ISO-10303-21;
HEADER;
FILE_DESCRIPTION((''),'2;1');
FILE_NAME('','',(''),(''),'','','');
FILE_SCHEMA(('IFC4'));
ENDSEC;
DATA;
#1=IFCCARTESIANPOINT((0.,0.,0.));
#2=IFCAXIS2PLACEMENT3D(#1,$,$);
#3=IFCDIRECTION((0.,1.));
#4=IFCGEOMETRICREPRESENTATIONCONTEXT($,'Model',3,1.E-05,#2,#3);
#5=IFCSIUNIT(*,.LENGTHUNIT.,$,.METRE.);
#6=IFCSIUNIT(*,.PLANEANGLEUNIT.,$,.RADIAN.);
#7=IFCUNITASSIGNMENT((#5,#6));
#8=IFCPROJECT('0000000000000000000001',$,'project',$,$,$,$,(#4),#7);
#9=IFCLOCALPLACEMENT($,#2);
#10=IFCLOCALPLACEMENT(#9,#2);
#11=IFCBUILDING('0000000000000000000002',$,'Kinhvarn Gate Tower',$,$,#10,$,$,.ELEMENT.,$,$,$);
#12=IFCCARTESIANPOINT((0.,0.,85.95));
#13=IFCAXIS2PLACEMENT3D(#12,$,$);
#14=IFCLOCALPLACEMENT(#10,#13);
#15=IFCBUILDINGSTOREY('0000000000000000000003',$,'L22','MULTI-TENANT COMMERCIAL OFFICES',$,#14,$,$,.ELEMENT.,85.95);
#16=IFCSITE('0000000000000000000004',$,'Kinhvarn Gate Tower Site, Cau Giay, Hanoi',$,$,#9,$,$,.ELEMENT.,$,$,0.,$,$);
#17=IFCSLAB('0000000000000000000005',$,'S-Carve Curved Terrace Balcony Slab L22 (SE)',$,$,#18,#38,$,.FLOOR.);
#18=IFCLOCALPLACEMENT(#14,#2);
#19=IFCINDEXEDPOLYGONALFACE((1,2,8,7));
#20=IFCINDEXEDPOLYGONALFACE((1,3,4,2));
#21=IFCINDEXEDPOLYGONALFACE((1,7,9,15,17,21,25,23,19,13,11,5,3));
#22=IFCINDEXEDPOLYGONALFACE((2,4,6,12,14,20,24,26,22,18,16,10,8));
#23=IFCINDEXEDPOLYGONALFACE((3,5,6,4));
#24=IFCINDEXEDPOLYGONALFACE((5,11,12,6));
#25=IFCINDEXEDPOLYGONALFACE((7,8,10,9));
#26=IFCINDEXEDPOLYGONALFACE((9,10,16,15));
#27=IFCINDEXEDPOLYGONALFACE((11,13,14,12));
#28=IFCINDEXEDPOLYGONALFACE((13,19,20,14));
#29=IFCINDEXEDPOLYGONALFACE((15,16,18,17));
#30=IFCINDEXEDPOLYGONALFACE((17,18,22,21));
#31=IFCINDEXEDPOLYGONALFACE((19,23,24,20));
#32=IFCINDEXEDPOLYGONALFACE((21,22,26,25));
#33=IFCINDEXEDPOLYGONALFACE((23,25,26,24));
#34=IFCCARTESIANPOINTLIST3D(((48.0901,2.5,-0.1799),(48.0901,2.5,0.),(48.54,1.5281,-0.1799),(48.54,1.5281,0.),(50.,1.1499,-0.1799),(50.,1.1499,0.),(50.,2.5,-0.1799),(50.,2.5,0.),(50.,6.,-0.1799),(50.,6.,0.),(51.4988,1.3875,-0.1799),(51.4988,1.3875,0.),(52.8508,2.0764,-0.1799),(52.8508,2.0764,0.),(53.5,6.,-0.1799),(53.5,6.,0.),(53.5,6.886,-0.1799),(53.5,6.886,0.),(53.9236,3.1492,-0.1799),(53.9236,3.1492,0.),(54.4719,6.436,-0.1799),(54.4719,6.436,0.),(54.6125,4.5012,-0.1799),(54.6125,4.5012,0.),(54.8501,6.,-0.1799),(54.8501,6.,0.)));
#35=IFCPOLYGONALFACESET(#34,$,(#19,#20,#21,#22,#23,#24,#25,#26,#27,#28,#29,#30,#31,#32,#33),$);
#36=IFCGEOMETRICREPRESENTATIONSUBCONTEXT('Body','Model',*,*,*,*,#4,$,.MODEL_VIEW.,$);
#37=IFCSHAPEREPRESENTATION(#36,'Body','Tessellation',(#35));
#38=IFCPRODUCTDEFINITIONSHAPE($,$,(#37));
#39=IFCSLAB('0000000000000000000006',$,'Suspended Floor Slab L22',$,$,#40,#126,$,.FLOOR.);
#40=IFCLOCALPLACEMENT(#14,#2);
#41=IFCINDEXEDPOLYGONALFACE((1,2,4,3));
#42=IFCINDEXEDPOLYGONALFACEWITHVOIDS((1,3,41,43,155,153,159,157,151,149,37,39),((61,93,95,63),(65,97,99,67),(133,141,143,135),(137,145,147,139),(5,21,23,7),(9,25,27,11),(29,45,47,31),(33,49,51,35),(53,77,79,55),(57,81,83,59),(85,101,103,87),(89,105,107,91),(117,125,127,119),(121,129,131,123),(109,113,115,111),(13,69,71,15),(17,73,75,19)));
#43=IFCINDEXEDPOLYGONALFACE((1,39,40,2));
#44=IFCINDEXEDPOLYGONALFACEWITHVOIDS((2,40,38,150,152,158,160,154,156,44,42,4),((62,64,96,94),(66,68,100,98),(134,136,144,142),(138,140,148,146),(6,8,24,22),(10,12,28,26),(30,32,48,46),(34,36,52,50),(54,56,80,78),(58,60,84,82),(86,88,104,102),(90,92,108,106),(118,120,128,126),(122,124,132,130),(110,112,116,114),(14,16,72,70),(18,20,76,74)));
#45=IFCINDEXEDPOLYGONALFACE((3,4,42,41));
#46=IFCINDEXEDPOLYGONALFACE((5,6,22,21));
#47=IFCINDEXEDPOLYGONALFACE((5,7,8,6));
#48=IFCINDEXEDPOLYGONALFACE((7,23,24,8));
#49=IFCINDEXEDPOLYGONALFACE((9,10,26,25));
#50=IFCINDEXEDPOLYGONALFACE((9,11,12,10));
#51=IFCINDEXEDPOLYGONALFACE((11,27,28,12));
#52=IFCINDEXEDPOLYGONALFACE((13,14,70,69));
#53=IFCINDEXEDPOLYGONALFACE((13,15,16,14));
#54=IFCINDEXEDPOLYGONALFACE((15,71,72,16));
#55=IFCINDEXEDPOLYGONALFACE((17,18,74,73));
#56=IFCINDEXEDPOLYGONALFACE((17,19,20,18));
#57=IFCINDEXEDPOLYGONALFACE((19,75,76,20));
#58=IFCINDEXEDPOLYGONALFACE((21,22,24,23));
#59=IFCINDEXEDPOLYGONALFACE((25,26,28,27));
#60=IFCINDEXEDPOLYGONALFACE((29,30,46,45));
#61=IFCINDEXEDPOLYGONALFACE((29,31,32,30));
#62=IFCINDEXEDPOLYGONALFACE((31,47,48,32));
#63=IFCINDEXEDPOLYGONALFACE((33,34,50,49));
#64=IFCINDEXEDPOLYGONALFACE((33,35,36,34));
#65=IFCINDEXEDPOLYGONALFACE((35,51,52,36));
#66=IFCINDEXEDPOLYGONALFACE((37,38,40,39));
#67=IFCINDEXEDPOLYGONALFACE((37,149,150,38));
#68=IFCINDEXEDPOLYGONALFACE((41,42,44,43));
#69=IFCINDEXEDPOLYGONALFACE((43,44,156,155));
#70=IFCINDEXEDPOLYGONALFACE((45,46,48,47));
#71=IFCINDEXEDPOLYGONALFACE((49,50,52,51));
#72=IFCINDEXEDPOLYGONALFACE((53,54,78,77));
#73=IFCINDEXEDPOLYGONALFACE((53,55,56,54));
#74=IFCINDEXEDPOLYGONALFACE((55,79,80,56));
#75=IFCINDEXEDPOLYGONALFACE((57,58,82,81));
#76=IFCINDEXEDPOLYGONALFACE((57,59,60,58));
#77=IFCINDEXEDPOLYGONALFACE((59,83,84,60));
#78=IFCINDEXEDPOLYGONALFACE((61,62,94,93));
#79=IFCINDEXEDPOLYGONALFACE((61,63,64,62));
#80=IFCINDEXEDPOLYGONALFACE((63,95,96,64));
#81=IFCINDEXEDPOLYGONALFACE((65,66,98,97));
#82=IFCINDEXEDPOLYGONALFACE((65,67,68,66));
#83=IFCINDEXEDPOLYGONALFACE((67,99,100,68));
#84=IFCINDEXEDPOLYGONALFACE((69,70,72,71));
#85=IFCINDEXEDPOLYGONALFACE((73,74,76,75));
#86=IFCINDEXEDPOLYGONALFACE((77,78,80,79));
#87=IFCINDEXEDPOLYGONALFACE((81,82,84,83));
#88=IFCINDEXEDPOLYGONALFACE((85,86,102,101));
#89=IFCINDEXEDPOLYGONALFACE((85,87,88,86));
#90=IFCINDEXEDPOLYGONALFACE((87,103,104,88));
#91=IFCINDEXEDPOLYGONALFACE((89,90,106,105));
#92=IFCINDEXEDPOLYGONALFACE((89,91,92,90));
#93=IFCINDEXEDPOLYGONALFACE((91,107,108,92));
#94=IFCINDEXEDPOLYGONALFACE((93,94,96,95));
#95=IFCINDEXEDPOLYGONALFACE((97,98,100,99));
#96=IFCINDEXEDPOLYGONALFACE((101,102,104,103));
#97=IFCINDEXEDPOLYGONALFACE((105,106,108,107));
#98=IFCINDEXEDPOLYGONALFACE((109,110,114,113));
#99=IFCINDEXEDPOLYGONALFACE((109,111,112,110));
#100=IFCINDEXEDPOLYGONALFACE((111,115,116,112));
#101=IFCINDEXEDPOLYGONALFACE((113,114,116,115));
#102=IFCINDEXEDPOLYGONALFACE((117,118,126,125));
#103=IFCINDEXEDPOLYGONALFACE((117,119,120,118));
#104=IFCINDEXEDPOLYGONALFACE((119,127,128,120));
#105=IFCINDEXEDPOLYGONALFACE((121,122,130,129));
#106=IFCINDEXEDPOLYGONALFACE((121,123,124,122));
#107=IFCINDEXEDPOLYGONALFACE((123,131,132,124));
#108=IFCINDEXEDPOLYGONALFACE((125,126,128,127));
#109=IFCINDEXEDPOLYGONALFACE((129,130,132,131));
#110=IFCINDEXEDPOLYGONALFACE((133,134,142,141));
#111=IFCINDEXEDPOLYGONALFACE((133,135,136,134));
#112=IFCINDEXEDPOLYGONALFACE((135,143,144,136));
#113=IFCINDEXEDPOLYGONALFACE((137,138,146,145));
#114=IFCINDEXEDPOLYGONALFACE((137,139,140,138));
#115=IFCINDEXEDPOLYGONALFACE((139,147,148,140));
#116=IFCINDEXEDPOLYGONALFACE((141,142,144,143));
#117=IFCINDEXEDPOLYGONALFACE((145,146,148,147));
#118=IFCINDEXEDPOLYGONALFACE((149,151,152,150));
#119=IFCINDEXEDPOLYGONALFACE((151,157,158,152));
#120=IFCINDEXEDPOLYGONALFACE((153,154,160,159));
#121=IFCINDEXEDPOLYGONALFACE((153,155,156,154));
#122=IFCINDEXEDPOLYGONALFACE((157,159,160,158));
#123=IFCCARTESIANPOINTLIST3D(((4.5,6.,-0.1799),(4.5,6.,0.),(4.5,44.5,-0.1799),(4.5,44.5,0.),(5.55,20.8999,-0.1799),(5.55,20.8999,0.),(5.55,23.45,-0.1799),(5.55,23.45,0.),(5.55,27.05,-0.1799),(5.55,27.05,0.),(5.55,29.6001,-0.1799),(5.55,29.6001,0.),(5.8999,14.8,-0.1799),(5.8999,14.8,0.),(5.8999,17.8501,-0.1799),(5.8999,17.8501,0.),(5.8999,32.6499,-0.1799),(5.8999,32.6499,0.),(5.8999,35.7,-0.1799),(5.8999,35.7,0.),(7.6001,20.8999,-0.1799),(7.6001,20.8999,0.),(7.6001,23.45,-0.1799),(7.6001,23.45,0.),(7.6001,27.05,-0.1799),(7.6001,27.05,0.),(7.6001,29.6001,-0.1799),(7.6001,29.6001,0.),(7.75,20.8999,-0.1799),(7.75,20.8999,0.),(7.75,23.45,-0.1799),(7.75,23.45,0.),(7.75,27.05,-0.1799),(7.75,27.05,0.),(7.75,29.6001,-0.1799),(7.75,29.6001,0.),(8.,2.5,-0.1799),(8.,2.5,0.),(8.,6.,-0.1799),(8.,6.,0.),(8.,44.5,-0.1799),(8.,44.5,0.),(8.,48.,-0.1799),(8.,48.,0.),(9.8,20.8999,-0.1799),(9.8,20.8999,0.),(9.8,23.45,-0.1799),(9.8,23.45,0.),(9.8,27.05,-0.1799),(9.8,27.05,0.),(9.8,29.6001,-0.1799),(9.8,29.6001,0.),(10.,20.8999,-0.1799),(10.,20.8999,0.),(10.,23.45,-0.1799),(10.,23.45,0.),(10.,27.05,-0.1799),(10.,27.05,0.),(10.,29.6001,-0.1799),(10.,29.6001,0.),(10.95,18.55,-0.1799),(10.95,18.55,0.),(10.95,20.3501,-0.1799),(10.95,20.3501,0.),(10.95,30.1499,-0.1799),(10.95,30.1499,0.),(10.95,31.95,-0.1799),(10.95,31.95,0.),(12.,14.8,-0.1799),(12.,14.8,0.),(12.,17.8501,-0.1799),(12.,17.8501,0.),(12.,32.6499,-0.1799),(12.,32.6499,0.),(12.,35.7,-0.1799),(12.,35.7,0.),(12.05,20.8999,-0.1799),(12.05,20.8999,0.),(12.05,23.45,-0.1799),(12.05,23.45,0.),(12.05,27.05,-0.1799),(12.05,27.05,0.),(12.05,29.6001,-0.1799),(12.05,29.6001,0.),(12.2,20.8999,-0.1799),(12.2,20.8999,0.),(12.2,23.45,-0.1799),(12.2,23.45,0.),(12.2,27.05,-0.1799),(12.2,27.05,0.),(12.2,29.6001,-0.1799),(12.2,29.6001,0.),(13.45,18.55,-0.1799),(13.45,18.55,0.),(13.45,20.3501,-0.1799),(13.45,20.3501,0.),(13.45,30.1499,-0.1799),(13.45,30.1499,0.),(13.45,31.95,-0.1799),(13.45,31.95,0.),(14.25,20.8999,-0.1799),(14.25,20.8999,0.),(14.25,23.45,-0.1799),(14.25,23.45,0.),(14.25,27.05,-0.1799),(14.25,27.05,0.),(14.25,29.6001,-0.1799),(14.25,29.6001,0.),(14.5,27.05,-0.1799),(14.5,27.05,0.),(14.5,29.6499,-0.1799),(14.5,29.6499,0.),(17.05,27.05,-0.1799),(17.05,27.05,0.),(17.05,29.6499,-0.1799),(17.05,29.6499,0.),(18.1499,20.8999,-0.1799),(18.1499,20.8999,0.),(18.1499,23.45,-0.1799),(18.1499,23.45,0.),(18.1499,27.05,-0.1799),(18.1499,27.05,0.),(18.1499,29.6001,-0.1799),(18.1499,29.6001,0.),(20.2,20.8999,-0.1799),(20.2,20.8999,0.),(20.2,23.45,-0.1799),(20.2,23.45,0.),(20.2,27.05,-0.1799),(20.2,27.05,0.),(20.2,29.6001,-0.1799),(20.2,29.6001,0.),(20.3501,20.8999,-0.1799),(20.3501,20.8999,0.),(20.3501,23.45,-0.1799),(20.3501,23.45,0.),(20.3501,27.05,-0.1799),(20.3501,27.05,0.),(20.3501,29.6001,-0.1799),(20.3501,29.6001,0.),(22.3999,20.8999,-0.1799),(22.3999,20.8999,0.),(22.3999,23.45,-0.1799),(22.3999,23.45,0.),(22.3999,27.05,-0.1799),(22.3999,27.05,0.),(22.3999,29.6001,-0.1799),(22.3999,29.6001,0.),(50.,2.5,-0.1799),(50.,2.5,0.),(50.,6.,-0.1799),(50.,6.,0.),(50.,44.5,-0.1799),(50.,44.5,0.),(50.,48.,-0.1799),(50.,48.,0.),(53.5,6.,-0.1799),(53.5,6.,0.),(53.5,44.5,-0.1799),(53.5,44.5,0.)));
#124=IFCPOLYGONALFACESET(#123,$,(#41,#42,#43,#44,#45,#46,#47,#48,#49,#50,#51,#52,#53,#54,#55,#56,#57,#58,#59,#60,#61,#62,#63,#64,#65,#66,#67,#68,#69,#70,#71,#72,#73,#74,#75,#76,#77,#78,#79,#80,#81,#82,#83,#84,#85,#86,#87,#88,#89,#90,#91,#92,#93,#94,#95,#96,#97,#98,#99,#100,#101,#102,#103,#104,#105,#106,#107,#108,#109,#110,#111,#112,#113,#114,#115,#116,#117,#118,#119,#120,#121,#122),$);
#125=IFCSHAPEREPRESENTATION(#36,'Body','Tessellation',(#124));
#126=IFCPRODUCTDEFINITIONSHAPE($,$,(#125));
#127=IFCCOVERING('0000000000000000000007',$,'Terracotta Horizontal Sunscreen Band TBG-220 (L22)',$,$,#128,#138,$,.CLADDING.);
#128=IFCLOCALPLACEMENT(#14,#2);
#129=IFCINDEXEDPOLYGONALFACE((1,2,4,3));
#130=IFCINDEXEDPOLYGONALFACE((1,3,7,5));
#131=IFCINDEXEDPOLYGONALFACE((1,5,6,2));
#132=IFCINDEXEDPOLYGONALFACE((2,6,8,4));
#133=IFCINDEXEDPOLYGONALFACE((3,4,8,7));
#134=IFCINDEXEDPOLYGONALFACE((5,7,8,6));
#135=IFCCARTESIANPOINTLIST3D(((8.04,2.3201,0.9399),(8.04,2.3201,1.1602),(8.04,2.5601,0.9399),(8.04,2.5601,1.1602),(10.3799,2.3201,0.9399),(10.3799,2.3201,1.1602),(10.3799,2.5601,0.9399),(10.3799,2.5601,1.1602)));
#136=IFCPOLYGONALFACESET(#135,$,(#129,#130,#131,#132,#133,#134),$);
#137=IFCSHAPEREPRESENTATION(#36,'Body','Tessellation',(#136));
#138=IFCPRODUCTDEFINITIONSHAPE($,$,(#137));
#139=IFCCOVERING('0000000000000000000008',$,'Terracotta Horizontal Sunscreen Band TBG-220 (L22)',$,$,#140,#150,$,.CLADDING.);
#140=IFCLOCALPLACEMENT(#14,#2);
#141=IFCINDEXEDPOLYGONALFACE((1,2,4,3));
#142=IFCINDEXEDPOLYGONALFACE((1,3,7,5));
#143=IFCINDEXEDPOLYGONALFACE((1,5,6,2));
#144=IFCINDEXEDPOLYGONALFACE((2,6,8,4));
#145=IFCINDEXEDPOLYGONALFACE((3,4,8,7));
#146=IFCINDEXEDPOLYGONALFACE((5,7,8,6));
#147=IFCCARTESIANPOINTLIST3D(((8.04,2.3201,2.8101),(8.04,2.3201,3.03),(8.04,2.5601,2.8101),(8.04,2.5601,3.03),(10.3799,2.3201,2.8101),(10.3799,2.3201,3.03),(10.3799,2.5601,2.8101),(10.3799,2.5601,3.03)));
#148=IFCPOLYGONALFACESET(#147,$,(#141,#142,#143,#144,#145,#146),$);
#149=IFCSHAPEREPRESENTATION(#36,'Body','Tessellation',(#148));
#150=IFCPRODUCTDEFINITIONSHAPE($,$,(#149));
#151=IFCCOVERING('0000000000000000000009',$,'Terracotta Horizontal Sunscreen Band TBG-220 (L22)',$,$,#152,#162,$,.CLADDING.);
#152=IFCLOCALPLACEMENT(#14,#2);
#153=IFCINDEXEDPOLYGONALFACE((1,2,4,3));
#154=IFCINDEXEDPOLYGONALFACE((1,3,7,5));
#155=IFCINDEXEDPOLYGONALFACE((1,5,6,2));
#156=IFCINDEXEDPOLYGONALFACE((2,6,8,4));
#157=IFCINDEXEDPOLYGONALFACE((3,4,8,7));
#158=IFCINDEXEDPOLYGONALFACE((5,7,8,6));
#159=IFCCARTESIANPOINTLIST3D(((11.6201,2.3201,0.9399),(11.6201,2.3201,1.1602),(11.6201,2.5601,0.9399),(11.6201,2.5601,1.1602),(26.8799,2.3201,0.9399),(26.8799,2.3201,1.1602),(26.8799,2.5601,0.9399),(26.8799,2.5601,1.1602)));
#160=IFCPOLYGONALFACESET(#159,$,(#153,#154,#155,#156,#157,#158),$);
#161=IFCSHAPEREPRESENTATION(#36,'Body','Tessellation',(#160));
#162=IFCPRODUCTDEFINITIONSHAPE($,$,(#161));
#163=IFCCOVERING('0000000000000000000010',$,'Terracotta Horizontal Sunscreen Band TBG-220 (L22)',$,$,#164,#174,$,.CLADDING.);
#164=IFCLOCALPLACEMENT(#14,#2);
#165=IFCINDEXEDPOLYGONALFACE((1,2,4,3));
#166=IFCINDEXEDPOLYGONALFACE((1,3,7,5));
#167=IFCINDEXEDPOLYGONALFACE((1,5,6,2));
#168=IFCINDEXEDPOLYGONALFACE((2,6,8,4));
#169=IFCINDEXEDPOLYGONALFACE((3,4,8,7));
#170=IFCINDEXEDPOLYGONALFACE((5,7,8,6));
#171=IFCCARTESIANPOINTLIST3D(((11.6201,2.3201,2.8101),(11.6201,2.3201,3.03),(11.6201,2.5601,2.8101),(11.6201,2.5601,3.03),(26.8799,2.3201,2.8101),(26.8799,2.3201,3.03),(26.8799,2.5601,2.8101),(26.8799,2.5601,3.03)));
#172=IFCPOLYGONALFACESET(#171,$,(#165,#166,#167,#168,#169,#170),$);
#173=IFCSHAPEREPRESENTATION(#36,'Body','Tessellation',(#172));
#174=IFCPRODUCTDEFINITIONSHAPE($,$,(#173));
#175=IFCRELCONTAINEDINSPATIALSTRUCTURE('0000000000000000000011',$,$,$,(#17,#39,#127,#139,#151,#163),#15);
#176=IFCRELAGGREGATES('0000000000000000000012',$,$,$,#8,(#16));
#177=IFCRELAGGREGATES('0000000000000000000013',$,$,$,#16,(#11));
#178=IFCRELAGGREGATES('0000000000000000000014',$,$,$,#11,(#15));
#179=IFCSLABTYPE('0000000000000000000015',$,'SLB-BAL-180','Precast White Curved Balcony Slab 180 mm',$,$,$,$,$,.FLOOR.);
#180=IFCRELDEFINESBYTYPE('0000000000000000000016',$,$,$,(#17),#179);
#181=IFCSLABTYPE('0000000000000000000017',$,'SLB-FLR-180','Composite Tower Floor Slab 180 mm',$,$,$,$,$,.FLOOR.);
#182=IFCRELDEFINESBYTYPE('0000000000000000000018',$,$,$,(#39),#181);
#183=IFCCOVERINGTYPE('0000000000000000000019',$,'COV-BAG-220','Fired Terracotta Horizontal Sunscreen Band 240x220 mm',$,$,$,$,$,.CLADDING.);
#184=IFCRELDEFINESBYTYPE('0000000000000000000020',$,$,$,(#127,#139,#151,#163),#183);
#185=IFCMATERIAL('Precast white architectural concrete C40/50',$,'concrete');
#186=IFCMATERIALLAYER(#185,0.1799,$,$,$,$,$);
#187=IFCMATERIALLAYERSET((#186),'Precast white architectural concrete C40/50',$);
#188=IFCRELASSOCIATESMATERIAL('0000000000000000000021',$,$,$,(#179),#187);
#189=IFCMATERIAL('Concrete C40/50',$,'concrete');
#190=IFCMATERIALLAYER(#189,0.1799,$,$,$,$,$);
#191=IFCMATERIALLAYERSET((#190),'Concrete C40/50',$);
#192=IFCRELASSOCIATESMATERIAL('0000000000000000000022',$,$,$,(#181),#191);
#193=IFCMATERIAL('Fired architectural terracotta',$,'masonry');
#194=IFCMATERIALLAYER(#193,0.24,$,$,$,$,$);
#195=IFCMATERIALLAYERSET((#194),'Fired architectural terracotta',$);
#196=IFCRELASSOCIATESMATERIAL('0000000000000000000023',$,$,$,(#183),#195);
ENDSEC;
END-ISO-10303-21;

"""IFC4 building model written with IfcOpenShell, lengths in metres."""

from ifc_helpers import new_model, si_unit, direction, frame, origin, place, context, subcontext, project, spatial, polyline, outline, extrude, material, layer, layer_set, type_object, element, save


model = new_model("IFC4")

# Units and contexts
model_context = context("Model", 3, precision=1e-05, world=origin(), true_north=direction((0.0, 1.0)))
body_context = subcontext(model_context, "Body", "Model", "MODEL_VIEW")
ifc_project = project(units=[si_unit("LENGTHUNIT", "METRE"), si_unit("PLANEANGLEUNIT", "RADIAN")], contexts=[model_context])

# Site, building, storey
site_placement = place(None, origin())
site = spatial("IfcSite", under=ifc_project, at=site_placement, Name="Kinhvarn Gate Tower Site, Cau Giay, Hanoi", CompositionType="ELEMENT", RefElevation=0.0)
building_placement = place(site_placement, origin())
building = spatial("IfcBuilding", under=site, at=building_placement, Name="Kinhvarn Gate Tower", CompositionType="ELEMENT")
storey_placement = place(building_placement, frame((0.0, 0.0, 85.95)))
storey = spatial("IfcBuildingStorey", under=building, at=storey_placement, Name="L22", Description="MULTI-TENANT COMMERCIAL OFFICES", CompositionType="ELEMENT", Elevation=85.95)

# Slabs
ifc_material_1 = material(Name="Precast white architectural concrete C40/50", Category="concrete")
ifc_layer_1 = layer(ifc_material_1, 0.1799)
ifc_layer_set_1 = layer_set([ifc_layer_1], Name="Precast white architectural concrete C40/50")
slab_type_1 = type_object("IfcSlabType", Name="SLB-BAL-180", Description="Precast White Curved Balcony Slab 180 mm", PredefinedType="FLOOR", material=ifc_layer_set_1)
slab_1_placement = place(storey_placement, frame((0.0, 0.0, -0.1799)))
element("IfcSlab", 1, at=slab_1_placement, inside=storey, type_object=slab_type_1, Name="S-Carve Curved Terrace Balcony Slab L22 (SE)", PredefinedType="FLOOR", context=body_context, shape_type="SweptSolid", body=[
    extrude(outline(polyline([(48.0901, 2.5), (48.54, 1.5281), (50.0, 1.1499), (51.4988, 1.3875), (52.8508, 2.0764), (53.9236, 3.1492), (54.6125, 4.5012), (54.8501, 6.0), (54.4719, 6.436), (53.5, 6.886), (53.5, 6.0), (50.0, 6.0), (50.0, 2.5), (48.0901, 2.5)])), origin(), (0.0, 0.0, 1.0), 0.1799),
])
ifc_material_2 = material(Name="Concrete C40/50", Category="concrete")
ifc_layer_2 = layer(ifc_material_2, 0.1799)
ifc_layer_set_2 = layer_set([ifc_layer_2], Name="Concrete C40/50")
slab_type_2 = type_object("IfcSlabType", Name="SLB-FLR-180", Description="Composite Tower Floor Slab 180 mm", PredefinedType="FLOOR", material=ifc_layer_set_2)
slab_2_placement = place(storey_placement, frame((0.0, 0.0, -0.1799)))
element("IfcSlab", 2, at=slab_2_placement, inside=storey, type_object=slab_type_2, Name="Suspended Floor Slab L22", PredefinedType="FLOOR", context=body_context, shape_type="SweptSolid", body=[
    extrude(outline(polyline([(8.0, 2.5), (50.0, 2.5), (50.0, 6.0), (53.5, 6.0), (53.5, 44.5), (50.0, 44.5), (50.0, 48.0), (8.0, 48.0), (8.0, 44.5), (4.5, 44.5), (4.5, 6.0), (8.0, 6.0), (8.0, 2.5)]), holes=[polyline([(5.8999, 14.8), (12.0, 14.8), (12.0, 17.8501), (5.8999, 17.8501), (5.8999, 14.8)]), polyline([(5.8999, 32.6499), (12.0, 32.6499), (12.0, 35.7), (5.8999, 35.7), (5.8999, 32.6499)]), polyline([(18.1499, 20.8999), (20.2, 20.8999), (20.2, 23.45), (18.1499, 23.45), (18.1499, 20.8999)]), polyline([(20.3501, 20.8999), (22.3999, 20.8999), (22.3999, 23.45), (20.3501, 23.45), (20.3501, 20.8999)]), polyline([(18.1499, 27.05), (20.2, 27.05), (20.2, 29.6001), (18.1499, 29.6001), (18.1499, 27.05)]), polyline([(20.3501, 27.05), (22.3999, 27.05), (22.3999, 29.6001), (20.3501, 29.6001), (20.3501, 27.05)]), polyline([(5.55, 20.8999), (7.6001, 20.8999), (7.6001, 23.45), (5.55, 23.45), (5.55, 20.8999)]), polyline([(7.75, 20.8999), (9.8, 20.8999), (9.8, 23.45), (7.75, 23.45), (7.75, 20.8999)]), polyline([(5.55, 27.05), (7.6001, 27.05), (7.6001, 29.6001), (5.55, 29.6001), (5.55, 27.05)]), polyline([(7.75, 27.05), (9.8, 27.05), (9.8, 29.6001), (7.75, 29.6001), (7.75, 27.05)]), polyline([(10.0, 20.8999), (12.05, 20.8999), (12.05, 23.45), (10.0, 23.45), (10.0, 20.8999)]), polyline([(12.2, 20.8999), (14.25, 20.8999), (14.25, 23.45), (12.2, 23.45), (12.2, 20.8999)]), polyline([(10.0, 27.05), (12.05, 27.05), (12.05, 29.6001), (10.0, 29.6001), (10.0, 27.05)]), polyline([(12.2, 27.05), (14.25, 27.05), (14.25, 29.6001), (12.2, 29.6001), (12.2, 27.05)]), polyline([(14.5, 27.05), (17.05, 27.05), (17.05, 29.6499), (14.5, 29.6499), (14.5, 27.05)]), polyline([(10.95, 18.55), (13.45, 18.55), (13.45, 20.3501), (10.95, 20.3501), (10.95, 18.55)]), polyline([(10.95, 30.1499), (13.45, 30.1499), (13.45, 31.95), (10.95, 31.95), (10.95, 30.1499)])]), origin(), (0.0, 0.0, 1.0), 0.1799),
])

# Coverings
ifc_material_3 = material(Name="Fired architectural terracotta", Category="masonry")
ifc_layer_3 = layer(ifc_material_3, 0.24)
ifc_layer_set_3 = layer_set([ifc_layer_3], Name="Fired architectural terracotta")
covering_type_1 = type_object("IfcCoveringType", Name="COV-BAG-220", Description="Fired Terracotta Horizontal Sunscreen Band 240x220 mm", PredefinedType="CLADDING", material=ifc_layer_set_3)
covering_1_placement = place(storey_placement, frame((0.0, 0.0, 0.9399)))
element("IfcCovering", 3, at=covering_1_placement, inside=storey, type_object=covering_type_1, Name="Terracotta Horizontal Sunscreen Band TBG-220 (L22)", PredefinedType="CLADDING", context=body_context, shape_type="SweptSolid", body=[
    extrude(outline(polyline([(8.04, 2.5601), (10.3799, 2.5601), (10.3799, 2.3201), (8.04, 2.3201), (8.04, 2.5601)])), origin(), (0.0, 0.0, 1.0), 0.2202),
])
covering_2_placement = place(storey_placement, frame((0.0, 0.0, 2.8101)))
element("IfcCovering", 4, at=covering_2_placement, inside=storey, type_object=covering_type_1, Name="Terracotta Horizontal Sunscreen Band TBG-220 (L22)", PredefinedType="CLADDING", context=body_context, shape_type="SweptSolid", body=[
    extrude(outline(polyline([(8.04, 2.5601), (10.3799, 2.5601), (10.3799, 2.3201), (8.04, 2.3201), (8.04, 2.5601)])), origin(), (0.0, 0.0, 1.0), 0.22),
])
covering_3_placement = place(storey_placement, frame((0.0, 0.0, 0.9399)))
element("IfcCovering", 5, at=covering_3_placement, inside=storey, type_object=covering_type_1, Name="Terracotta Horizontal Sunscreen Band TBG-220 (L22)", PredefinedType="CLADDING", context=body_context, shape_type="SweptSolid", body=[
    extrude(outline(polyline([(11.6201, 2.5601), (26.8799, 2.5601), (26.8799, 2.3201), (11.6201, 2.3201), (11.6201, 2.5601)])), origin(), (0.0, 0.0, 1.0), 0.2202),
])
covering_4_placement = place(storey_placement, frame((0.0, 0.0, 2.8101)))
element("IfcCovering", 6, at=covering_4_placement, inside=storey, type_object=covering_type_1, Name="Terracotta Horizontal Sunscreen Band TBG-220 (L22)", PredefinedType="CLADDING", context=body_context, shape_type="SweptSolid", body=[
    extrude(outline(polyline([(11.6201, 2.5601), (26.8799, 2.5601), (26.8799, 2.3201), (11.6201, 2.3201), (11.6201, 2.5601)])), origin(), (0.0, 0.0, 1.0), 0.22),
])

save(model, "model.ifc")
